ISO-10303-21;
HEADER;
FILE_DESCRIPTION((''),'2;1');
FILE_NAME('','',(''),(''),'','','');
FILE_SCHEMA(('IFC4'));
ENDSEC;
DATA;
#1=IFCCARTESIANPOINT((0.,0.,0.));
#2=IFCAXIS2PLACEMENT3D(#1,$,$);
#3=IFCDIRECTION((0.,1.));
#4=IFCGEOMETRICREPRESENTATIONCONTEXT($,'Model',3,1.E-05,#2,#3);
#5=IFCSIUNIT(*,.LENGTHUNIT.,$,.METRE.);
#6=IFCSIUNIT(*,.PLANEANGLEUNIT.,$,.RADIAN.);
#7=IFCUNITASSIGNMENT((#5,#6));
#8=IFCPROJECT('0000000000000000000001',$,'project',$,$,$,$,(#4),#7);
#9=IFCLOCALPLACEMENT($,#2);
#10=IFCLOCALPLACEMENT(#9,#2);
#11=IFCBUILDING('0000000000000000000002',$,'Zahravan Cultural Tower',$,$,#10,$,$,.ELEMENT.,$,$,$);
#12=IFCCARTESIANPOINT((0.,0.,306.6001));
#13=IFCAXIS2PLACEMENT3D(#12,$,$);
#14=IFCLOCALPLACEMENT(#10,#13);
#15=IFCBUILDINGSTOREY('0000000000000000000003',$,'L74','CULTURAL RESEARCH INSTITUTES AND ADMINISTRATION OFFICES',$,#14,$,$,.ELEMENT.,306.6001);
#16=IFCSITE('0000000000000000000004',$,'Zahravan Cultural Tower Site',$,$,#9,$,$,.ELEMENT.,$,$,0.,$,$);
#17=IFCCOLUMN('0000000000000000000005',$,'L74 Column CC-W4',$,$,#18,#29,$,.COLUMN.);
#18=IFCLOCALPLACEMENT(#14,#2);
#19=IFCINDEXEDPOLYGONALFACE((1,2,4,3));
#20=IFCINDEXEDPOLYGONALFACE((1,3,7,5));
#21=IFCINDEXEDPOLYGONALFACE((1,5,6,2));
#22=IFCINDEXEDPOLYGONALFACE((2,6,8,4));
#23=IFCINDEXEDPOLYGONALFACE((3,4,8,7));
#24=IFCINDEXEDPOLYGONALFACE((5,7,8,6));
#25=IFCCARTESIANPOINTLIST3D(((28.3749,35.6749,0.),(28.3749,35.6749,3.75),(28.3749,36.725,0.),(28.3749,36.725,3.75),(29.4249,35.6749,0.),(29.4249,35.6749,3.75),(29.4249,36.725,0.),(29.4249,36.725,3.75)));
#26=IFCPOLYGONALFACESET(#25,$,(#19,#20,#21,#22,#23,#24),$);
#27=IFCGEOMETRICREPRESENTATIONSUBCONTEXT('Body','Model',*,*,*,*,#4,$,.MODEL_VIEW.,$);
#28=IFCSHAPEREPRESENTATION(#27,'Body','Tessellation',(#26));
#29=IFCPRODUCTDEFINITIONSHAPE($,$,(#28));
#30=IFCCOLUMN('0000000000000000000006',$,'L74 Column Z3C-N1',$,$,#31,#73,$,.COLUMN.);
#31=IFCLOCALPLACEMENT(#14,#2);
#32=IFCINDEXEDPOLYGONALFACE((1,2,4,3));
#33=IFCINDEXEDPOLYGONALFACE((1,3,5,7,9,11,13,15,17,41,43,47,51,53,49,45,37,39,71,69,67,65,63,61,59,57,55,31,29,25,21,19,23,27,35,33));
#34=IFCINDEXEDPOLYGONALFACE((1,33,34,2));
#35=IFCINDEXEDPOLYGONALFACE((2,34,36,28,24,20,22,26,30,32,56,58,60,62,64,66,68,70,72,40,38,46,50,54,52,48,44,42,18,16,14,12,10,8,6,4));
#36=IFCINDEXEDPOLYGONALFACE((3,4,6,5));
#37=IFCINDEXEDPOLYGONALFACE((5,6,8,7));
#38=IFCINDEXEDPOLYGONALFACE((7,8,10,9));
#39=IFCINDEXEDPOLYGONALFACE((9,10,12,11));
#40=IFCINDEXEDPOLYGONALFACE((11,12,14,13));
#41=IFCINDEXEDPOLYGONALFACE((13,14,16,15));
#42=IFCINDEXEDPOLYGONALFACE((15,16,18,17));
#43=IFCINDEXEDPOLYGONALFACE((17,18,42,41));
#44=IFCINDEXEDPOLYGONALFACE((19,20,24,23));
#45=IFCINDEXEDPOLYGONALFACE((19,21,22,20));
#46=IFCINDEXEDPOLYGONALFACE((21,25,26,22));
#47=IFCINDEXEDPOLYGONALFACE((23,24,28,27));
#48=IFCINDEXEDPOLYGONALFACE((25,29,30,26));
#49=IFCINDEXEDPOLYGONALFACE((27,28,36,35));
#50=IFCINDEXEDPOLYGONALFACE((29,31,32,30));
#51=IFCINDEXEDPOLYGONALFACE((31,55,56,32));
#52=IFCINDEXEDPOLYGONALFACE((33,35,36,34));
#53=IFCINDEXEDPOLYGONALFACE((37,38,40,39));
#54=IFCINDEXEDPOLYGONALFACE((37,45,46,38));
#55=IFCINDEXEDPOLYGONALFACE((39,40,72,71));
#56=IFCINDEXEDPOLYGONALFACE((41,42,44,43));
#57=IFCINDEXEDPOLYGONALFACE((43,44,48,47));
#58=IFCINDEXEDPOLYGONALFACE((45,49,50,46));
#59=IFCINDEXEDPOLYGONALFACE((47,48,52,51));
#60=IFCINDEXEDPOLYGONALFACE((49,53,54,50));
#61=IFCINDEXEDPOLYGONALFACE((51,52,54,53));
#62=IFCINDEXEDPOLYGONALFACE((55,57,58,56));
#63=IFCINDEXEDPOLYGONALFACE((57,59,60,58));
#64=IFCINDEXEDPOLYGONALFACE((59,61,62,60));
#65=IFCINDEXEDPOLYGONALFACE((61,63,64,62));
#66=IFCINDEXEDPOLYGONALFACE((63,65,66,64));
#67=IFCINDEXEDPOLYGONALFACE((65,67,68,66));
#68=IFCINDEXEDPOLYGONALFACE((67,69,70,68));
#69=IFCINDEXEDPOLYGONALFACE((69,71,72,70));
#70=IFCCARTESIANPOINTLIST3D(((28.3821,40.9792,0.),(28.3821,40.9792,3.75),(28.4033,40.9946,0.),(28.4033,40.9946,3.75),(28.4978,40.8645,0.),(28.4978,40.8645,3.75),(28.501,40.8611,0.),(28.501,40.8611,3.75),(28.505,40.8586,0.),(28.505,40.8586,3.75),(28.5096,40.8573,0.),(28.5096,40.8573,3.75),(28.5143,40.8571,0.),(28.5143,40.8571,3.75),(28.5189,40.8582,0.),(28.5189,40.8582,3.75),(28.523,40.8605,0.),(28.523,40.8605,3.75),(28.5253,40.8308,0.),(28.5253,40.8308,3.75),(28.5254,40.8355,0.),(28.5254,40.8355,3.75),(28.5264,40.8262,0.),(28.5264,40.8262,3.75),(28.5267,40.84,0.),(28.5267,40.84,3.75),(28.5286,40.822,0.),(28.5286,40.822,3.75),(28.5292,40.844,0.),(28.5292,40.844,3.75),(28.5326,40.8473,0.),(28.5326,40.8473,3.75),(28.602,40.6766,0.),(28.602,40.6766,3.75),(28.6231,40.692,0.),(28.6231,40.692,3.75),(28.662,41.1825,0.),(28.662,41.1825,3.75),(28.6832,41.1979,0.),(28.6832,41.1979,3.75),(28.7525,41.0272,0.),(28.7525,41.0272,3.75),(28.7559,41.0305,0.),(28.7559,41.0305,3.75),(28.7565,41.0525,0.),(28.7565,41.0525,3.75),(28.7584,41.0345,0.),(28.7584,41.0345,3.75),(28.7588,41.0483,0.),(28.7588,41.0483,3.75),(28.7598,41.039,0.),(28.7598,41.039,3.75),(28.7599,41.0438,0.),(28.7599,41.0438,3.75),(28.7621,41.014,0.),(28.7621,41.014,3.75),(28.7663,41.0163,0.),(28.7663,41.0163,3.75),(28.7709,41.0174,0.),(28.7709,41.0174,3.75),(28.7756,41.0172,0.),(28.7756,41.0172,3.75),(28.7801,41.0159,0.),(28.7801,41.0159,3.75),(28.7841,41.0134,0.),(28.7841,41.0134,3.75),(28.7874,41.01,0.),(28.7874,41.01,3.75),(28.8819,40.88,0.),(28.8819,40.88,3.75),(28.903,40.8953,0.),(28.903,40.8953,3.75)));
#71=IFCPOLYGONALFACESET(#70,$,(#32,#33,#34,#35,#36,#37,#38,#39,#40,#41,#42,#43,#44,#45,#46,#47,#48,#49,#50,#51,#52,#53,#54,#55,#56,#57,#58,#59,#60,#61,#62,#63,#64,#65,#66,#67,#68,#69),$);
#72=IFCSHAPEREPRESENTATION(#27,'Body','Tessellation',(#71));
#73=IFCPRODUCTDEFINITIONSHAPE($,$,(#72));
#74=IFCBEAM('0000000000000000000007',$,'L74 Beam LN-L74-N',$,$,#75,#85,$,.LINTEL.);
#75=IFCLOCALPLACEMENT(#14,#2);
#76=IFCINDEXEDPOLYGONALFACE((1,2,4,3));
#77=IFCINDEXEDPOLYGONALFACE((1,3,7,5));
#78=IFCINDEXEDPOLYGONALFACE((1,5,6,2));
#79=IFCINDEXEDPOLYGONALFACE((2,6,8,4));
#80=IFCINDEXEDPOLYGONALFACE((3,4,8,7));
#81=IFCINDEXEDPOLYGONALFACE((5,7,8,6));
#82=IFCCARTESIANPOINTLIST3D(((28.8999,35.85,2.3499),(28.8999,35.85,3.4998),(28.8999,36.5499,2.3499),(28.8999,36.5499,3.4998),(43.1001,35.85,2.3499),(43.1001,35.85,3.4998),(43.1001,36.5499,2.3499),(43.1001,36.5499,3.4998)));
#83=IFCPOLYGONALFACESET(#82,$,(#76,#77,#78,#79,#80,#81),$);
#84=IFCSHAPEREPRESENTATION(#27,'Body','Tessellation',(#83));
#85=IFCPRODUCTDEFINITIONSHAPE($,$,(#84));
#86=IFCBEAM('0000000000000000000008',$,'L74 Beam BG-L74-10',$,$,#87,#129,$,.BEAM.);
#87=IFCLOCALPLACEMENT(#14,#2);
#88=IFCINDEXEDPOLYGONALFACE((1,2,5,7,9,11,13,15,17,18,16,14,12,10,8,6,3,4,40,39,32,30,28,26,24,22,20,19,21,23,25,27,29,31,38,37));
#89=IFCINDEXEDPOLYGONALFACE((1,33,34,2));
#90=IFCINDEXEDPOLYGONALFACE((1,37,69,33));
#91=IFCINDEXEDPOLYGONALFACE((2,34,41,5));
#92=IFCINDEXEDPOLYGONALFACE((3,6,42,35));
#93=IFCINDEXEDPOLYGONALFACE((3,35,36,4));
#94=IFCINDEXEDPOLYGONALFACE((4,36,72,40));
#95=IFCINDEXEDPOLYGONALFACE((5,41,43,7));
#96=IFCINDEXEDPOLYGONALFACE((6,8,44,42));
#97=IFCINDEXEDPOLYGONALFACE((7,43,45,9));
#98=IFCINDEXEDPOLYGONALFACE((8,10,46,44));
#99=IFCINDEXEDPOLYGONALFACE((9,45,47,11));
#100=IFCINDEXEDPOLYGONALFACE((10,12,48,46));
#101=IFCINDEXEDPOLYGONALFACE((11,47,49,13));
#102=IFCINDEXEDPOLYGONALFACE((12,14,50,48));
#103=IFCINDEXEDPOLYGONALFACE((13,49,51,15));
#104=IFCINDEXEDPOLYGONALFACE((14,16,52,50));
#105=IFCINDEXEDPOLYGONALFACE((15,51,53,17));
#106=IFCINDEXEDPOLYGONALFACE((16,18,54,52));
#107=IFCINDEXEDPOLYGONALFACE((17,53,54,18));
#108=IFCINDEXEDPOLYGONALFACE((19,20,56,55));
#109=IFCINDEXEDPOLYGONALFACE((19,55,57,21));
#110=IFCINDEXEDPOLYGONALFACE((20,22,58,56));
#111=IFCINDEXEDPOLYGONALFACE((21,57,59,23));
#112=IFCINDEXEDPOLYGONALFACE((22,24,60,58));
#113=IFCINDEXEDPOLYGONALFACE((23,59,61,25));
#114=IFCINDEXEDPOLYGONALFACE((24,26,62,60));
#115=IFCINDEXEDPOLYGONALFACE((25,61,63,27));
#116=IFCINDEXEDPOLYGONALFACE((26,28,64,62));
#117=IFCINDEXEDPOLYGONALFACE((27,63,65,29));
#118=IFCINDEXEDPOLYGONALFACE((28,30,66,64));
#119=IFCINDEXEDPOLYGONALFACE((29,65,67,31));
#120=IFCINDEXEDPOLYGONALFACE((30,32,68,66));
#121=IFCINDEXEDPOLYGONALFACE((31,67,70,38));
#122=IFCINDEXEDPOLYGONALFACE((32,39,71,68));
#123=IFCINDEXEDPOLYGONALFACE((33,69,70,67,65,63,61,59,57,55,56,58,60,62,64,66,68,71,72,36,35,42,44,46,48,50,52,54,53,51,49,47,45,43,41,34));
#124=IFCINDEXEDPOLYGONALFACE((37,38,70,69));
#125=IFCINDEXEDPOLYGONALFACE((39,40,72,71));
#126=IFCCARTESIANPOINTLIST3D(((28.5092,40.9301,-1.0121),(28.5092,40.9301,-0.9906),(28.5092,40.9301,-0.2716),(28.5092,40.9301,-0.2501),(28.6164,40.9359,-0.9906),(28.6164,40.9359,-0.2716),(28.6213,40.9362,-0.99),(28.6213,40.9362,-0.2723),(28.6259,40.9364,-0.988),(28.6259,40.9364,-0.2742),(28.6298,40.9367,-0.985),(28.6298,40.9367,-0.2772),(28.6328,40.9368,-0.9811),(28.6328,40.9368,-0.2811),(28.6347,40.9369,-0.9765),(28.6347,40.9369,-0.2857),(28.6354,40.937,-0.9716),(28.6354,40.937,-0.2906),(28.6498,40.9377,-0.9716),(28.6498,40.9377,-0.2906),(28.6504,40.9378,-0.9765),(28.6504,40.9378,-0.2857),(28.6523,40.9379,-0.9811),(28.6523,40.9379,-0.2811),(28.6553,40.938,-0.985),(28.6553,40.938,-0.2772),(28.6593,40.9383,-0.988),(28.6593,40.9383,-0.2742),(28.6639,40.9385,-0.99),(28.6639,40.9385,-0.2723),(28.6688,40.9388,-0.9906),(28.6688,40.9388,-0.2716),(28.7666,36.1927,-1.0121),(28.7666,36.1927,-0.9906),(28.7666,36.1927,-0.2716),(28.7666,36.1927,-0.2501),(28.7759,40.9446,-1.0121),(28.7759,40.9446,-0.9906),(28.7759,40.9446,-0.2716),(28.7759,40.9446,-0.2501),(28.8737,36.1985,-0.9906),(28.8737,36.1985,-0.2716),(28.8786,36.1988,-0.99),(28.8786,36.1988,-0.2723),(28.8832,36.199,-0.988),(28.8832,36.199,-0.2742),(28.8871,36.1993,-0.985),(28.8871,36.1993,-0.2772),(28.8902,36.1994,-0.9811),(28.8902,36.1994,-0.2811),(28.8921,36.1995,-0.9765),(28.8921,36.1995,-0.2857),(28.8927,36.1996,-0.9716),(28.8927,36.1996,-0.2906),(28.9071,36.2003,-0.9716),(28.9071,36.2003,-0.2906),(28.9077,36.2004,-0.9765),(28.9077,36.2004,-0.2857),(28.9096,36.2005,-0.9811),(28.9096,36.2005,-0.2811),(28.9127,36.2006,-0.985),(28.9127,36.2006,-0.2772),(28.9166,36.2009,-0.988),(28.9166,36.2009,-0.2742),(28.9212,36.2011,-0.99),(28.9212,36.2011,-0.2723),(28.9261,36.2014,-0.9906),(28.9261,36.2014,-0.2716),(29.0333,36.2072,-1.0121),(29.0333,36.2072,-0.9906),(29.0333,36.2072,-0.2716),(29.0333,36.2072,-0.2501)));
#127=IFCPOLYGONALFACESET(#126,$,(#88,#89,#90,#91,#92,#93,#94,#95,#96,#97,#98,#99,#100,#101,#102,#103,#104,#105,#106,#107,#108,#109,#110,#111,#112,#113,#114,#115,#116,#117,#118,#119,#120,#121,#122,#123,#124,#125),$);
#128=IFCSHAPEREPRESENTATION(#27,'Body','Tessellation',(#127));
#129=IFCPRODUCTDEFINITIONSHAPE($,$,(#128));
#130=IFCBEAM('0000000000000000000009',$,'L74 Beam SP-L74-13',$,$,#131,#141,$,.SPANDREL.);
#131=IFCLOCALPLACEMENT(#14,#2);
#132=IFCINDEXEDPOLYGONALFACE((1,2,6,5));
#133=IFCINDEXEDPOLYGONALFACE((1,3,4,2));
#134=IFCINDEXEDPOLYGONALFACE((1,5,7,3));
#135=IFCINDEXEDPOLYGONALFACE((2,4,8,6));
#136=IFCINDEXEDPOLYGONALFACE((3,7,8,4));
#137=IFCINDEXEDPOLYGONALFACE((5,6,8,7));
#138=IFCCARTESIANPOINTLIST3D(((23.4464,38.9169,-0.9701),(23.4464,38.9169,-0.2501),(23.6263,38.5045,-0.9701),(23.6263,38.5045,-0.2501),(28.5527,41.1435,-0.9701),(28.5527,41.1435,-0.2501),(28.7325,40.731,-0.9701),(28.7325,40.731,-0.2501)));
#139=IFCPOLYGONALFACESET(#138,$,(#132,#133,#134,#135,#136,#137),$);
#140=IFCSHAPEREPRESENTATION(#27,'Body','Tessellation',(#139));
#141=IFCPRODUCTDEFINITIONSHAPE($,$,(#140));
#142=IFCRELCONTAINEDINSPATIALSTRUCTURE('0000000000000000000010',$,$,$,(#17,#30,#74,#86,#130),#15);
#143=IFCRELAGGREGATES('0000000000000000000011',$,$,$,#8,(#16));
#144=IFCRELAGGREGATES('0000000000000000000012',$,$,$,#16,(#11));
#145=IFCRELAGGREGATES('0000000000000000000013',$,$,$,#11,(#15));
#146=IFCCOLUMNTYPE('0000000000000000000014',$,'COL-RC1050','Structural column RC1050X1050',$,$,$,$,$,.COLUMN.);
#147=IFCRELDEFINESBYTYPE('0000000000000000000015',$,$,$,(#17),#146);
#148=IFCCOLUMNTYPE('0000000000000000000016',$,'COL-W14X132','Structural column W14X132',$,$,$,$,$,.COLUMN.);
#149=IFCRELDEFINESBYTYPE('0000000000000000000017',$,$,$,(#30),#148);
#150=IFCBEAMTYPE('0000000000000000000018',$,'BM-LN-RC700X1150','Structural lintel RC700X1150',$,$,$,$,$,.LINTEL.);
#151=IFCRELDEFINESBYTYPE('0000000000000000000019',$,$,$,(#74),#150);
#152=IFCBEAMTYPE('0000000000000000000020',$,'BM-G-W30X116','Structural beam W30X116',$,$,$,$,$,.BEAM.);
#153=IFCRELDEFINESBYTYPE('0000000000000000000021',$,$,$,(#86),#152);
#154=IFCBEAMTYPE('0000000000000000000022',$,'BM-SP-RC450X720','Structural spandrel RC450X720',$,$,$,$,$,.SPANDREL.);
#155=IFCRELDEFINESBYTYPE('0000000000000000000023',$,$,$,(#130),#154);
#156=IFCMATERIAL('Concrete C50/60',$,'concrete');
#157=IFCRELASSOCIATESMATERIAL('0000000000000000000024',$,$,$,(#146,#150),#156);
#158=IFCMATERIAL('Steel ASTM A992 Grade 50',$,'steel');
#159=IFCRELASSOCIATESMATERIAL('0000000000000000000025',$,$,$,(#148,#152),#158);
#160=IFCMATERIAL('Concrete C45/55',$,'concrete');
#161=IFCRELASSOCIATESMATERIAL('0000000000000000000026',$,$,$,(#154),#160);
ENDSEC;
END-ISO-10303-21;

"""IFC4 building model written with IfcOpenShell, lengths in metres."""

from ifc_helpers import new_model, si_unit, direction, frame, origin, origin_2d, place, context, subcontext, project, spatial, rectangle, i_section, extrude, source, transform, mapped, material, material_profile, profile_set, type_object, element, save


model = new_model("IFC4")

# Units and contexts
model_context = context("Model", 3, precision=1e-05, world=origin(), true_north=direction((0.0, 1.0)))
body_context = subcontext(model_context, "Body", "Model", "MODEL_VIEW")
ifc_project = project(units=[si_unit("LENGTHUNIT", "METRE"), si_unit("PLANEANGLEUNIT", "RADIAN")], contexts=[model_context])

# Site, building, storey
site_placement = place(None, origin())
site = spatial("IfcSite", under=ifc_project, at=site_placement, Name="Zahravan Cultural Tower Site", CompositionType="ELEMENT", RefElevation=0.0)
building_placement = place(site_placement, origin())
building = spatial("IfcBuilding", under=site, at=building_placement, Name="Zahravan Cultural Tower", CompositionType="ELEMENT")
storey_placement = place(building_placement, frame((0.0, 0.0, 306.6001)))
storey = spatial("IfcBuildingStorey", under=building, at=storey_placement, Name="L74", Description="CULTURAL RESEARCH INSTITUTES AND ADMINISTRATION OFFICES", CompositionType="ELEMENT", Elevation=306.6001)

# Columns
ifc_material_1 = material(Name="Concrete C50/60", Category="concrete")
ifc_material_profile_1 = material_profile(ifc_material_1, rectangle(XDim=1.05, YDim=1.05, at=origin_2d()), Name="RC1050X1050")
ifc_profile_set_1 = profile_set([ifc_material_profile_1], Name="Concrete C50/60")
column_type_1 = type_object("IfcColumnType", Name="COL-RC1050", Description="Structural column RC1050X1050", PredefinedType="COLUMN", material=ifc_profile_set_1)
shared_shape_1 = source(origin(), body_context, "Body", "SweptSolid", [
    extrude(rectangle(XDim=1.05, YDim=1.05, at=origin_2d()), origin(), (0.0, 0.0, 1.0), 3.75),
])
column_1_placement = place(storey_placement, frame((28.8999, 36.2, 0.0), z_axis=(0.0, 0.0, 1.0), x_axis=(1.0, 0.0, 0.0)))
element("IfcColumn", 1, at=column_1_placement, inside=storey, type_object=column_type_1, Name="L74 Column CC-W4", PredefinedType="COLUMN", context=body_context, shape_type="MappedRepresentation", body=[
    mapped(shared_shape_1, transform((0.0, 0.0, 0.0), x_axis=(1.0, 0.0, 0.0), y_axis=(0.0, 1.0, 0.0), z_axis=(0.0, 0.0, 1.0), scale=1.0)),
])
ifc_material_2 = material(Name="Steel ASTM A992 Grade 50", Category="steel")
ifc_material_profile_2 = material_profile(ifc_material_2, i_section(OverallWidth=0.374, OverallDepth=0.3721, WebThickness=0.0164, FlangeThickness=0.0261, FilletRadius=0.0181, at=origin_2d()), Name="W14X132")
ifc_profile_set_2 = profile_set([ifc_material_profile_2], Name="Steel ASTM A992 Grade 50")
column_type_2 = type_object("IfcColumnType", Name="COL-W14X132", Description="Structural column W14X132", PredefinedType="COLUMN", material=ifc_profile_set_2)
shared_shape_2 = source(origin(), body_context, "Body", "SweptSolid", [
    extrude(i_section(OverallWidth=0.374, OverallDepth=0.3721, WebThickness=0.0164, FlangeThickness=0.0261, FilletRadius=0.0181, at=origin_2d()), origin(), (0.0, 0.0, 1.0), 3.75),
])
column_2_placement = place(storey_placement, frame((28.6426, 40.9373, 0.0), z_axis=(0.0, 0.0, 1.0), x_axis=(-0.587785, 0.809017, 0.0)))
element("IfcColumn", 2, at=column_2_placement, inside=storey, type_object=column_type_2, Name="L74 Column Z3C-N1", PredefinedType="COLUMN", context=body_context, shape_type="MappedRepresentation", body=[
    mapped(shared_shape_2, transform((0.0, 0.0, 0.0), x_axis=(1.0, 0.0, 0.0), y_axis=(0.0, 1.0, 0.0), z_axis=(0.0, 0.0, 1.0), scale=1.0)),
])

# Beams
ifc_material_profile_3 = material_profile(ifc_material_1, rectangle(XDim=0.7, YDim=1.1499, at=origin_2d()), Name="RC700X1150")
ifc_profile_set_3 = profile_set([ifc_material_profile_3], Name="Concrete C50/60")
beam_type_1 = type_object("IfcBeamType", Name="BM-LN-RC700X1150", Description="Structural lintel RC700X1150", PredefinedType="LINTEL", material=ifc_profile_set_3)
shared_shape_3 = source(origin(), body_context, "Body", "SweptSolid", [
    extrude(rectangle(XDim=0.7, YDim=1.1499, at=origin_2d()), origin(), (0.0, 0.0, 1.0), 14.2002),
])
beam_1_placement = place(storey_placement, frame((28.8999, 36.2, 2.9248), z_axis=(1.0, 0.0, 0.0), x_axis=(0.0, 1.0, 0.0)))
element("IfcBeam", 3, at=beam_1_placement, inside=storey, type_object=beam_type_1, Name="L74 Beam LN-L74-N", PredefinedType="LINTEL", context=body_context, shape_type="MappedRepresentation", body=[
    mapped(shared_shape_3, transform((0.0, 0.0, 0.0), x_axis=(1.0, 0.0, 0.0), y_axis=(0.0, 1.0, 0.0), z_axis=(0.0, 0.0, 1.0), scale=1.0)),
])
ifc_material_profile_4 = material_profile(ifc_material_2, i_section(OverallWidth=0.2671, OverallDepth=0.762, WebThickness=0.0144, FlangeThickness=0.0215, FilletRadius=0.019, at=origin_2d()), Name="W30X116")
ifc_profile_set_4 = profile_set([ifc_material_profile_4], Name="Steel ASTM A992 Grade 50")
beam_type_2 = type_object("IfcBeamType", Name="BM-G-W30X116", Description="Structural beam W30X116", PredefinedType="BEAM", material=ifc_profile_set_4)
shared_shape_4 = source(origin(), body_context, "Body", "SweptSolid", [
    extrude(i_section(OverallWidth=0.2671, OverallDepth=0.762, WebThickness=0.0144, FlangeThickness=0.0215, FilletRadius=0.019, at=origin_2d()), origin(), (0.0, 0.0, 1.0), 4.7444),
])
beam_2_placement = place(storey_placement, frame((28.8999, 36.2, -0.6311), z_axis=(-0.054239, 0.998528, 0.0), x_axis=(-0.998528, -0.054239, 0.0)))
element("IfcBeam", 4, at=beam_2_placement, inside=storey, type_object=beam_type_2, Name="L74 Beam BG-L74-10", PredefinedType="BEAM", context=body_context, shape_type="MappedRepresentation", body=[
    mapped(shared_shape_4, transform((0.0, 0.0, 0.0), x_axis=(1.0, 0.0, 0.0), y_axis=(0.0, 1.0, 0.0), z_axis=(0.0, 0.0, 1.0), scale=1.0)),
])
ifc_material_3 = material(Name="Concrete C45/55", Category="concrete")
ifc_material_profile_5 = material_profile(ifc_material_3, rectangle(XDim=0.45, YDim=0.72, at=origin_2d()), Name="RC450X720")
ifc_profile_set_5 = profile_set([ifc_material_profile_5], Name="Concrete C45/55")
beam_type_3 = type_object("IfcBeamType", Name="BM-SP-RC450X720", Description="Structural spandrel RC450X720", PredefinedType="SPANDREL", material=ifc_profile_set_5)
shared_shape_5 = source(origin(), body_context, "Body", "SweptSolid", [
    extrude(rectangle(XDim=0.45, YDim=0.72, at=origin_2d()), origin(), (0.0, 0.0, 1.0), 5.5706),
])
beam_3_placement = place(storey_placement, frame((28.6426, 40.9373, -0.6101), z_axis=(-0.916645, -0.399703, 0.0), x_axis=(0.399703, -0.916645, 0.0)))
element("IfcBeam", 5, at=beam_3_placement, inside=storey, type_object=beam_type_3, Name="L74 Beam SP-L74-13", PredefinedType="SPANDREL", context=body_context, shape_type="MappedRepresentation", body=[
    mapped(shared_shape_5, transform((0.0, 0.0, 0.0), x_axis=(1.0, 0.0, 0.0), y_axis=(0.0, 1.0, 0.0), z_axis=(0.0, 0.0, 1.0), scale=1.0)),
])

save(model, "model.ifc")
